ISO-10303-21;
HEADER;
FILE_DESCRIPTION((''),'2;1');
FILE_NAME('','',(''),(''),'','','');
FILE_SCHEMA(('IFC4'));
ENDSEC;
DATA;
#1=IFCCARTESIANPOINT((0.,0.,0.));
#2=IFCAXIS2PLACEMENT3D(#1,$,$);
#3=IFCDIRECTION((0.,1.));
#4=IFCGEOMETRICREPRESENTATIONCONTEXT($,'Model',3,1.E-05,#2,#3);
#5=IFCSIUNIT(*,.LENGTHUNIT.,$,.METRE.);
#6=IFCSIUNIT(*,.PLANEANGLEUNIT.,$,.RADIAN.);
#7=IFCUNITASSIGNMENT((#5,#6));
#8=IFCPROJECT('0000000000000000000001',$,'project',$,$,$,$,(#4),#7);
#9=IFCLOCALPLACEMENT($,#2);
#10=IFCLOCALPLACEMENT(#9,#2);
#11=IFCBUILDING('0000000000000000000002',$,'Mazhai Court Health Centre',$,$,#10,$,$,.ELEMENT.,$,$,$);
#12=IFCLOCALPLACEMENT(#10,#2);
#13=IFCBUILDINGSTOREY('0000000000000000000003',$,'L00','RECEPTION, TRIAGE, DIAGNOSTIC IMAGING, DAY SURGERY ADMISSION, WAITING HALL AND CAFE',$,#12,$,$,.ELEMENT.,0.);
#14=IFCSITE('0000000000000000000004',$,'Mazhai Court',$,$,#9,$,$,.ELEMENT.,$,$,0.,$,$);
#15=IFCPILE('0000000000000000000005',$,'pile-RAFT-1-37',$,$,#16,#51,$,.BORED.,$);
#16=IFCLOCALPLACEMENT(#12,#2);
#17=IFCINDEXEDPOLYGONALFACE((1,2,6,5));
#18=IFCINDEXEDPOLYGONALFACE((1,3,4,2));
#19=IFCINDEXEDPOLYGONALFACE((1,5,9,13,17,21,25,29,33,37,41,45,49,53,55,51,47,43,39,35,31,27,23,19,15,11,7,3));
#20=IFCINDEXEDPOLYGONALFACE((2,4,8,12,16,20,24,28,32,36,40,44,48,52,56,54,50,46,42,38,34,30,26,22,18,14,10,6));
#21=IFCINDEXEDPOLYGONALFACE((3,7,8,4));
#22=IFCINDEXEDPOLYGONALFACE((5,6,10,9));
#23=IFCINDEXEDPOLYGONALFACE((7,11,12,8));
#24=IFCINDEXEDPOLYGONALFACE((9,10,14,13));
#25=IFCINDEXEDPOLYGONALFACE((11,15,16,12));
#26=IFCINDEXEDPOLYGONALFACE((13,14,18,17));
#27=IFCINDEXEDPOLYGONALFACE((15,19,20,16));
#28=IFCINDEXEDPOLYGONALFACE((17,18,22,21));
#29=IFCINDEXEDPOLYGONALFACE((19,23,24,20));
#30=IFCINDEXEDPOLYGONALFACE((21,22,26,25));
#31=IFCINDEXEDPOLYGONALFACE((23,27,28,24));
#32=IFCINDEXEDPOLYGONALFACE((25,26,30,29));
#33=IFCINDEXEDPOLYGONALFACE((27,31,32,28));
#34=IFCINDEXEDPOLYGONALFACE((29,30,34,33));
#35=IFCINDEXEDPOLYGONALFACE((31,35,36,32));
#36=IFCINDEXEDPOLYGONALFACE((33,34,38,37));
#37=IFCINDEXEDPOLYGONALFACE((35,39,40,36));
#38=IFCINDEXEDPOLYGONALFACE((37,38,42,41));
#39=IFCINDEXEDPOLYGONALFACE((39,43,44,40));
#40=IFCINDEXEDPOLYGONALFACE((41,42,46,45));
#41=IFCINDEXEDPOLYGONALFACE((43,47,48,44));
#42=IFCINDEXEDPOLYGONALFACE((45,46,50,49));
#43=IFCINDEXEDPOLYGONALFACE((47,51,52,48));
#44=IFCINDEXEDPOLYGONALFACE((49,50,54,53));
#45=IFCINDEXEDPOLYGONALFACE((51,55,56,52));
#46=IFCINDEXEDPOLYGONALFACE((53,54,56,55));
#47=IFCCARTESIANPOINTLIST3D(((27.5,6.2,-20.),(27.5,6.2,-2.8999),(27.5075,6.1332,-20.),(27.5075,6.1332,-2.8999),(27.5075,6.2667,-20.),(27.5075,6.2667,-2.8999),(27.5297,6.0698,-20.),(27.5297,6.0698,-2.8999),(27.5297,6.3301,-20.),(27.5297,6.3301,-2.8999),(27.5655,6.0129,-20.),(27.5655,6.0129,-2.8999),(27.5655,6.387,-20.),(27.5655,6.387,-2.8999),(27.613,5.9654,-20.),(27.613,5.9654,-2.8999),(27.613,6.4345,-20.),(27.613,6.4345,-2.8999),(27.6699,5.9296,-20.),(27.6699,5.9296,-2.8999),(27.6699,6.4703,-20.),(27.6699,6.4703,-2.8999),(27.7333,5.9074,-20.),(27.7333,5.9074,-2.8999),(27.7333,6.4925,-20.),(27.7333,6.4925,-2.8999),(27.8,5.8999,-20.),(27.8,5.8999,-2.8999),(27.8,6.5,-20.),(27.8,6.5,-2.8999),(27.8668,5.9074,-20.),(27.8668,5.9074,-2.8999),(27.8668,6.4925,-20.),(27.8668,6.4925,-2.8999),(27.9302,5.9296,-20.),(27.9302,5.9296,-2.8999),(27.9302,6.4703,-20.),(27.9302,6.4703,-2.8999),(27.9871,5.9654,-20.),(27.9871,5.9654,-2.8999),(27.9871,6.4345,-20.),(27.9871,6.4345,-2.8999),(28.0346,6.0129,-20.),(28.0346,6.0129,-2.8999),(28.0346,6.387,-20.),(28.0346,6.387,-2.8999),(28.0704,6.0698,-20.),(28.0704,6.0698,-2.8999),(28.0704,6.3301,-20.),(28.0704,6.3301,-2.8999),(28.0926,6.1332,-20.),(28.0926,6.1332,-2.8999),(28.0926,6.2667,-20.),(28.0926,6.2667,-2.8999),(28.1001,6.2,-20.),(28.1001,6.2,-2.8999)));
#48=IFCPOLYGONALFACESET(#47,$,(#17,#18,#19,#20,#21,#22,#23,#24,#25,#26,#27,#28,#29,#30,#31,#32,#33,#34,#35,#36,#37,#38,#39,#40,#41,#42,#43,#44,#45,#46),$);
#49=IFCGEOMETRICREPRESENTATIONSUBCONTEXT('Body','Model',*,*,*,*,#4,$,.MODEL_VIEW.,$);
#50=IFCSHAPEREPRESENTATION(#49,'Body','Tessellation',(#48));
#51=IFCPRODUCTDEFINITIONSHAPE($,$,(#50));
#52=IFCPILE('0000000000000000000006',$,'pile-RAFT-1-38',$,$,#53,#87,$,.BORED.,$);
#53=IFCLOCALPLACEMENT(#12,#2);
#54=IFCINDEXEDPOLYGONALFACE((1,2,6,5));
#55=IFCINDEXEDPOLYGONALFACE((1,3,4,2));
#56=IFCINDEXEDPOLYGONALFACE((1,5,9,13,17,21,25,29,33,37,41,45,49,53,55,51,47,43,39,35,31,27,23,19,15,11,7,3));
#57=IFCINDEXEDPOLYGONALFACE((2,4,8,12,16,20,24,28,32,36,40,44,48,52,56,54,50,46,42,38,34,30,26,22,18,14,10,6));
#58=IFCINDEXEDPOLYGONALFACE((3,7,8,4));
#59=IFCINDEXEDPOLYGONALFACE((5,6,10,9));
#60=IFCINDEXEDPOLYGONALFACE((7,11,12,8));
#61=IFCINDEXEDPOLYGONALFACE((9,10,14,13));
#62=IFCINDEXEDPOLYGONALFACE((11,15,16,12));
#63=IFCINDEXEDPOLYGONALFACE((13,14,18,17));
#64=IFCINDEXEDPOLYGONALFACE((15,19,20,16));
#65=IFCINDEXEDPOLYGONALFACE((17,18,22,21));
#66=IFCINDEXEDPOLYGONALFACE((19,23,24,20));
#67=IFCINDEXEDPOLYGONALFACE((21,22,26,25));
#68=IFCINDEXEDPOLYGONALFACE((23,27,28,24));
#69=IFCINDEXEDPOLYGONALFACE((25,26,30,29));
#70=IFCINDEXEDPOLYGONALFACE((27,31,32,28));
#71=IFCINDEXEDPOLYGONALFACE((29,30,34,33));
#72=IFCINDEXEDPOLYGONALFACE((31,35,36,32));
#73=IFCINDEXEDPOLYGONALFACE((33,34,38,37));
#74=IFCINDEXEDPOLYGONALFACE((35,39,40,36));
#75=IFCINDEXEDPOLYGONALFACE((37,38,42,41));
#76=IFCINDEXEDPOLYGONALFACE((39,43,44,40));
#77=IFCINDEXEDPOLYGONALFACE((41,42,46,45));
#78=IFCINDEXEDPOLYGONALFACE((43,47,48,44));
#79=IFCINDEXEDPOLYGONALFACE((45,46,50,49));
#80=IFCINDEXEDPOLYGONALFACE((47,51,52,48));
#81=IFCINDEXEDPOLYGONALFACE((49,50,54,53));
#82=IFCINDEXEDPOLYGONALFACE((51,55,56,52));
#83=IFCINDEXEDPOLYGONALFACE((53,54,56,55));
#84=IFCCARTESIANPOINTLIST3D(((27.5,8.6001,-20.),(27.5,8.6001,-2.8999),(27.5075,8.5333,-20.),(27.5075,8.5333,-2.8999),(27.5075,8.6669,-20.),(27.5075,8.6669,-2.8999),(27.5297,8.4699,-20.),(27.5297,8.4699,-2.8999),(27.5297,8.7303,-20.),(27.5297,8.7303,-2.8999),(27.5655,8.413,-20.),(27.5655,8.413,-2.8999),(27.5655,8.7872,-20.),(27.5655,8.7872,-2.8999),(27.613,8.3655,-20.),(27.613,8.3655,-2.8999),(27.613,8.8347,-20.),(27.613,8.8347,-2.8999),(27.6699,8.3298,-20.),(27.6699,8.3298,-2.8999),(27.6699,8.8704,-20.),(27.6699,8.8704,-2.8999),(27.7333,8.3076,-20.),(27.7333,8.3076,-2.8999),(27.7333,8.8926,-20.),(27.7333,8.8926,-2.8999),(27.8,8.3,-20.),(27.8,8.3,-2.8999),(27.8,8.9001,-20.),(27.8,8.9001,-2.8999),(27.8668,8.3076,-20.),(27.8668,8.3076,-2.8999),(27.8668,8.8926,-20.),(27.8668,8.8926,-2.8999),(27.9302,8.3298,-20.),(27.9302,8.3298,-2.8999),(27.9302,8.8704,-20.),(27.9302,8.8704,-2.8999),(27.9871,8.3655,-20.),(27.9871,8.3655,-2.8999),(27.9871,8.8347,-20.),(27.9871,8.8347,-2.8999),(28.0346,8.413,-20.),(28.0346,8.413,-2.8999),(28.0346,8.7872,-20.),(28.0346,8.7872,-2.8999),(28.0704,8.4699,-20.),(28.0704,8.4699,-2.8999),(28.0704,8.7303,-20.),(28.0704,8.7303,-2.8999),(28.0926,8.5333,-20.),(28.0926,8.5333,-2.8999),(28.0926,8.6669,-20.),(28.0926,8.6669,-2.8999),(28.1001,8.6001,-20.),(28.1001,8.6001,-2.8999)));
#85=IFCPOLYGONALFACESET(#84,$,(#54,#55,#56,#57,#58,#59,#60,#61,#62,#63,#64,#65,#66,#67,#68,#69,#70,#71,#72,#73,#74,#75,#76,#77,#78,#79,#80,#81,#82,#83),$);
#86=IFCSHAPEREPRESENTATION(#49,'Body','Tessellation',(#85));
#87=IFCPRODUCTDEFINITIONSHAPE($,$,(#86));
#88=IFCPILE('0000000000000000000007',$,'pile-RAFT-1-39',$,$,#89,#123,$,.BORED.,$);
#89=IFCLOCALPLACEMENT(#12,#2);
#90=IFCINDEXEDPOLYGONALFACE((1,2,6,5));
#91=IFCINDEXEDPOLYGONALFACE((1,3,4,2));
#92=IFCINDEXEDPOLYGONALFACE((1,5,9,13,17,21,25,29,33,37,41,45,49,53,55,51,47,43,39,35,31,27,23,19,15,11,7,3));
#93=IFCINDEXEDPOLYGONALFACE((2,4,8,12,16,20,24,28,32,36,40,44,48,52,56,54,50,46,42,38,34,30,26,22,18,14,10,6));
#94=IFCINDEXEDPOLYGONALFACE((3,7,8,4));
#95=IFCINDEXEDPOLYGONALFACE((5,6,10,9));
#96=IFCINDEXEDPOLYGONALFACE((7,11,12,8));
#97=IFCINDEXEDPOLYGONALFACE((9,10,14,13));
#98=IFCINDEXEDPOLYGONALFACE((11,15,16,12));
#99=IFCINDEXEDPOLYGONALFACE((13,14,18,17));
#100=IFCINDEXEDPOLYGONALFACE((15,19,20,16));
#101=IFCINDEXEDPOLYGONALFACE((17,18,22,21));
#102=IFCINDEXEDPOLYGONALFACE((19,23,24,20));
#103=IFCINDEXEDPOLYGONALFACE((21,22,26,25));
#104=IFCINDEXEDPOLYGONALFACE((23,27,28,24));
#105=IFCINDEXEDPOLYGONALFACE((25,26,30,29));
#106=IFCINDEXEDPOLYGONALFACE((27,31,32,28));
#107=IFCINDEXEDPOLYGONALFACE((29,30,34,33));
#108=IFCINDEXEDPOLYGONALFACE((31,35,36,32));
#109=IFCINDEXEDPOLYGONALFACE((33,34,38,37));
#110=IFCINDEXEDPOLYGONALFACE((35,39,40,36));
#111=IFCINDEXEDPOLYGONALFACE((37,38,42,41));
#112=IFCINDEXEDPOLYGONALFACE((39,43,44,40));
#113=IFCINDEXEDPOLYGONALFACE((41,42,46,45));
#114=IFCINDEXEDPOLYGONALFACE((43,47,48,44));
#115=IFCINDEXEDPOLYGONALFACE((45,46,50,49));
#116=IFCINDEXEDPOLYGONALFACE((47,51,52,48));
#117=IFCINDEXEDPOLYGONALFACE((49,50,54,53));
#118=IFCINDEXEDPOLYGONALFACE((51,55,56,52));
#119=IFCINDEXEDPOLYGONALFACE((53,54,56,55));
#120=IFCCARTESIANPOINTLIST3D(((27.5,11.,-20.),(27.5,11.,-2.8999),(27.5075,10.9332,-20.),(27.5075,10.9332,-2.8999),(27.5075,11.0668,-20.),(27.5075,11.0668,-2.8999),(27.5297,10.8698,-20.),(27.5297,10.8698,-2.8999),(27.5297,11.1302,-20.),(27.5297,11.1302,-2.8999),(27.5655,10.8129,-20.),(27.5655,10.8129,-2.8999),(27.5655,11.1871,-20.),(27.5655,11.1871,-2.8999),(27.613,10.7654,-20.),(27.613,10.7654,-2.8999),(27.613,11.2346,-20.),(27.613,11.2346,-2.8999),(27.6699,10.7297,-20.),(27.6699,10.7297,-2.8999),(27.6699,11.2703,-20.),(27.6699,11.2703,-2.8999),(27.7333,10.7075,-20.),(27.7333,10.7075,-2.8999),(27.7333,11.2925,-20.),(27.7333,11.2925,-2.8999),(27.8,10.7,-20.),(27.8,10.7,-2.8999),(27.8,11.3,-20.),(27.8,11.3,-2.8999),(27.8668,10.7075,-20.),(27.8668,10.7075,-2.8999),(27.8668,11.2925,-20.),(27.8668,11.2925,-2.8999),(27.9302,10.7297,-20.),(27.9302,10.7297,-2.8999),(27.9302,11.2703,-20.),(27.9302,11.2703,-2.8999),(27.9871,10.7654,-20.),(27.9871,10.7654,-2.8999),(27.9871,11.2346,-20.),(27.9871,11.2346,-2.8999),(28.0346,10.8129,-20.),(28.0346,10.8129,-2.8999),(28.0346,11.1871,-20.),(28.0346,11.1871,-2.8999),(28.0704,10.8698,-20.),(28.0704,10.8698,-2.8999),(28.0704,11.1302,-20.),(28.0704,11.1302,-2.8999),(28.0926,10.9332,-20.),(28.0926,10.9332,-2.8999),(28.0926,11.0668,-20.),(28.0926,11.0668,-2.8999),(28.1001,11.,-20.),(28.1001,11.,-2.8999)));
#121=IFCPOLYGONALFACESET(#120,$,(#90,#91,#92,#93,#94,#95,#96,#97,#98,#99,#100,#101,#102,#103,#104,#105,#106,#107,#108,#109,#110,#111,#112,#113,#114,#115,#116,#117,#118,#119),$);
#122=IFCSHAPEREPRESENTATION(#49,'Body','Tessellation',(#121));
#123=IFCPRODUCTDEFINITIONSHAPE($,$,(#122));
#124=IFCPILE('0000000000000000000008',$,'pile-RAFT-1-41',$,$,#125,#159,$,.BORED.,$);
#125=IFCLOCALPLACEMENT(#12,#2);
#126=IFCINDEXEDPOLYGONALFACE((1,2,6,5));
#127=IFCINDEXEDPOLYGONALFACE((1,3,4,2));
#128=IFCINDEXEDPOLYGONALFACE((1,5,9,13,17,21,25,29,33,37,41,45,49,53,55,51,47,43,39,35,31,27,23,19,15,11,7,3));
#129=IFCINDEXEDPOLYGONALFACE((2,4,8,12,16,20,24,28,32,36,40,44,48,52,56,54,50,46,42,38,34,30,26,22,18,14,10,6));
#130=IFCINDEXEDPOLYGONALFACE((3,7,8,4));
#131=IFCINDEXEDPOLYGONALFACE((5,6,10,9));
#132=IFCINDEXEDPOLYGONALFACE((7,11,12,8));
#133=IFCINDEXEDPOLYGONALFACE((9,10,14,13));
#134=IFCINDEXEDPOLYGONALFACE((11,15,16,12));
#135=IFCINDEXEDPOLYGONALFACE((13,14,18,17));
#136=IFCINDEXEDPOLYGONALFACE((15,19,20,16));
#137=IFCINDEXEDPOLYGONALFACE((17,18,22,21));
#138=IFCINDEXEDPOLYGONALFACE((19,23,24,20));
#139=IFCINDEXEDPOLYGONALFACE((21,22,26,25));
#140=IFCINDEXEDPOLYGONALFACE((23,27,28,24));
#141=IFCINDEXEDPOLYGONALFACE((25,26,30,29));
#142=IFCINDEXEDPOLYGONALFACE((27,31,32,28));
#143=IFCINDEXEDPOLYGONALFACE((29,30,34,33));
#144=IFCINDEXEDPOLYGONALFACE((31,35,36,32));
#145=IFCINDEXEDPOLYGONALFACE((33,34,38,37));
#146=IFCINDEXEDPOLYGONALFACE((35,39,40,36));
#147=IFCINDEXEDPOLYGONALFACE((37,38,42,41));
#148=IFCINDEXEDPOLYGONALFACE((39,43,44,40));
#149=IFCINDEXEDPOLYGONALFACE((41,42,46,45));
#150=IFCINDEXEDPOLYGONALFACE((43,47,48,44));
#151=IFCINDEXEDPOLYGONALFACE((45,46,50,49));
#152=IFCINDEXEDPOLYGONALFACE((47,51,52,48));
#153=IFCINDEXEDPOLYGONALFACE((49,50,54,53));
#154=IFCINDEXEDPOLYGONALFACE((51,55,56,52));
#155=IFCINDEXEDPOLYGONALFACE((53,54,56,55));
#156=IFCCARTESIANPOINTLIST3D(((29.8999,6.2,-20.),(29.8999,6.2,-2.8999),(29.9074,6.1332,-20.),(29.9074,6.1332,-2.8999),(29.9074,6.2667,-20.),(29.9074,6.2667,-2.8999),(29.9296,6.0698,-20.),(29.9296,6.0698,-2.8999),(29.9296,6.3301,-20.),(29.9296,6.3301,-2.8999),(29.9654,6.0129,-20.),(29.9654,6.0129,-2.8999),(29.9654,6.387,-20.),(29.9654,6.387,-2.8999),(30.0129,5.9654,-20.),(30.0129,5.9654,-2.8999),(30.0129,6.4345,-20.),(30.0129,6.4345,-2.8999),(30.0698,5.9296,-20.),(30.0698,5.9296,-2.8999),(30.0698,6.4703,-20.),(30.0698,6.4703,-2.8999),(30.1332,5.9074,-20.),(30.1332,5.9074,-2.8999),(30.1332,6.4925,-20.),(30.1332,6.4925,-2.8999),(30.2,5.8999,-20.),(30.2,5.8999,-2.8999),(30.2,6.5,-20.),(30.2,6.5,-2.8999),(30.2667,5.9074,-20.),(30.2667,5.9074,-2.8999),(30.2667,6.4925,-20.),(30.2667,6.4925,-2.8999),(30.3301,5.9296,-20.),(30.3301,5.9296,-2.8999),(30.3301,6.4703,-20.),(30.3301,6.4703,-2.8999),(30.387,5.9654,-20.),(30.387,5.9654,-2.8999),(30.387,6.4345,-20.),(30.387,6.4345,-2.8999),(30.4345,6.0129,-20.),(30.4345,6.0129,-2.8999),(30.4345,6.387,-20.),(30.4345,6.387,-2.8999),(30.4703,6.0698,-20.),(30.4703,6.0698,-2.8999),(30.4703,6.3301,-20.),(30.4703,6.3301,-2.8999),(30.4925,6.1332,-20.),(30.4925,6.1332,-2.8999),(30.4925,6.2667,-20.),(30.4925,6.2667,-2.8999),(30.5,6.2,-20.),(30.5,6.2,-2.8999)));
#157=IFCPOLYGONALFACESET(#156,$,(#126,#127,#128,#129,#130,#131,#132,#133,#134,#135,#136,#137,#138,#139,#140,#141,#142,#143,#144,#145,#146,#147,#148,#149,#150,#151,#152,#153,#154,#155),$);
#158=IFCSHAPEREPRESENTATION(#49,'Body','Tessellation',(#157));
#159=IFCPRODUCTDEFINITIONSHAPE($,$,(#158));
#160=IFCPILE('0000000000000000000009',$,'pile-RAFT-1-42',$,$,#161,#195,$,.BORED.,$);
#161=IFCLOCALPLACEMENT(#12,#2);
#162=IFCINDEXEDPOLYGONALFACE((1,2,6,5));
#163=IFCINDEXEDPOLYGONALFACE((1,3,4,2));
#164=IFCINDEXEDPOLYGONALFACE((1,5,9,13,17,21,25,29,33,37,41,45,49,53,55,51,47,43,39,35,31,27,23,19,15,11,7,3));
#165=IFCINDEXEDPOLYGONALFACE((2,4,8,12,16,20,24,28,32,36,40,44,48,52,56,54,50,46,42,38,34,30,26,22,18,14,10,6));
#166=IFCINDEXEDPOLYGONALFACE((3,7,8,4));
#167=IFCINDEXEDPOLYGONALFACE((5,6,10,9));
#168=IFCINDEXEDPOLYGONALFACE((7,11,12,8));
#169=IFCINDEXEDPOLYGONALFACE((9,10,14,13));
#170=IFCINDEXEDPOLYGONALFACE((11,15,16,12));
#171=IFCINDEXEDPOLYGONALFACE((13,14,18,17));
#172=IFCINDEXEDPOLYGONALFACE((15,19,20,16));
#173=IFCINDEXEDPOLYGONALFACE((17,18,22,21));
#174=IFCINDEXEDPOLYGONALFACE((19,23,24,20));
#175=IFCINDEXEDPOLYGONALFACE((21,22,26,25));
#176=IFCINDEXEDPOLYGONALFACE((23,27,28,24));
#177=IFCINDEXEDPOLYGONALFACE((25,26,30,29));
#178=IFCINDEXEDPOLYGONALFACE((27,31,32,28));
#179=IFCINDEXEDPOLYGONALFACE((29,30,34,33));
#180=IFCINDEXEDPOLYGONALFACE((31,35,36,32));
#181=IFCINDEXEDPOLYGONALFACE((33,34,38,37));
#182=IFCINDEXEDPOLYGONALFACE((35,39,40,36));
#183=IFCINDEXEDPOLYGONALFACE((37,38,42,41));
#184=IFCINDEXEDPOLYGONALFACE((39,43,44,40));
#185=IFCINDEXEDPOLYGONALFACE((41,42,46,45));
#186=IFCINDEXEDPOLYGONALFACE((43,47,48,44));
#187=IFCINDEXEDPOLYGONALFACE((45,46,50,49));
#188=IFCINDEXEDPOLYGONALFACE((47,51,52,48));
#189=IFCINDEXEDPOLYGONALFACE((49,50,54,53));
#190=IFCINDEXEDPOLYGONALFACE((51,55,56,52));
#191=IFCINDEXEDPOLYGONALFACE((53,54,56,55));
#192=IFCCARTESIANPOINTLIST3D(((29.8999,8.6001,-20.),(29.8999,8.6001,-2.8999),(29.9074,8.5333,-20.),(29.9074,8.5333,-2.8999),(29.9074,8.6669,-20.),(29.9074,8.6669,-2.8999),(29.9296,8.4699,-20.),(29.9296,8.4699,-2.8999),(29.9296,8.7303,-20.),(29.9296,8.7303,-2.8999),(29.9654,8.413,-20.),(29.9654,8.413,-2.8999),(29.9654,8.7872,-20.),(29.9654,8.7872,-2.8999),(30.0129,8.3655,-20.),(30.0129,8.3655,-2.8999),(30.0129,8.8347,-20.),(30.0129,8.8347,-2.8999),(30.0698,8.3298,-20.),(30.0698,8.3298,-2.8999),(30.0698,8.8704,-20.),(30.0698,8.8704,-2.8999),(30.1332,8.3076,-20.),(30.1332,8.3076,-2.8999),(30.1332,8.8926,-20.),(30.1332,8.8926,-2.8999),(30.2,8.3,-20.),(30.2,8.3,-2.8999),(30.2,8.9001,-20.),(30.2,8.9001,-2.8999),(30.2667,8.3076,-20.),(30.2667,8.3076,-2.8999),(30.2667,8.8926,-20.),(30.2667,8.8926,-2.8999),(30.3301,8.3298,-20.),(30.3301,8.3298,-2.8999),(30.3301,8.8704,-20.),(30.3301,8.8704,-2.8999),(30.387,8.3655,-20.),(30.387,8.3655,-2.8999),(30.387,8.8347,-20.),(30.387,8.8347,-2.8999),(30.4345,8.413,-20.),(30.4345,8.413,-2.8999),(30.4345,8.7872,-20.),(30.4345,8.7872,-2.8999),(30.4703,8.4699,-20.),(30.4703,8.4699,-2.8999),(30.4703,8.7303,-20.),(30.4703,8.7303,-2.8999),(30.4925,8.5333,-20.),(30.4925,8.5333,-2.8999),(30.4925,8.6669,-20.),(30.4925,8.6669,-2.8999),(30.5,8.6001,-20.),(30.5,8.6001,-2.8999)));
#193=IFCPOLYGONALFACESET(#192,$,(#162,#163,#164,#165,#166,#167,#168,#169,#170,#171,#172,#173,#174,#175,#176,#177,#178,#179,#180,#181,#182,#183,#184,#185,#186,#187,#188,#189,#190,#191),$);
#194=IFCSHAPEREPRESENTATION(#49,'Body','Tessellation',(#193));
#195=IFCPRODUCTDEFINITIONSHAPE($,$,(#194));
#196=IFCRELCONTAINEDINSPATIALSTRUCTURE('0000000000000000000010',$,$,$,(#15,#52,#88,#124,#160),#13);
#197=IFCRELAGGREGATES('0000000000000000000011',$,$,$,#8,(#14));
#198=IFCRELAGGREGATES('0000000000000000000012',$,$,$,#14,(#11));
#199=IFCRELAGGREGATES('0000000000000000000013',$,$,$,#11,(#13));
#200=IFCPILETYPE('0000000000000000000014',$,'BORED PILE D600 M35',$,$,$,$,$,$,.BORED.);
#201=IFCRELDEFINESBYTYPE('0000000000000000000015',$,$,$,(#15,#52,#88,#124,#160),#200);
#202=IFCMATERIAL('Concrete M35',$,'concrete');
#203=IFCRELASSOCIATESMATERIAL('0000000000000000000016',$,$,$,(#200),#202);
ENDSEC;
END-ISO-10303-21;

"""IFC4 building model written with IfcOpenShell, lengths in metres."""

from ifc_helpers import new_model, si_unit, direction, frame, origin, origin_2d, place, context, subcontext, project, spatial, circle, extrude, material, material_profile, profile_set, type_object, element, save


model = new_model("IFC4")

# Units and contexts
model_context = context("Model", 3, precision=1e-05, world=origin(), true_north=direction((0.0, 1.0)))
body_context = subcontext(model_context, "Body", "Model", "MODEL_VIEW")
ifc_project = project(units=[si_unit("LENGTHUNIT", "METRE"), si_unit("PLANEANGLEUNIT", "RADIAN")], contexts=[model_context])

# Site, building, storey
site_placement = place(None, origin())
site = spatial("IfcSite", under=ifc_project, at=site_placement, Name="Mazhai Court", CompositionType="ELEMENT", RefElevation=0.0)
building_placement = place(site_placement, origin())
building = spatial("IfcBuilding", under=site, at=building_placement, Name="Mazhai Court Health Centre", CompositionType="ELEMENT")
storey_placement = place(building_placement, origin())
storey = spatial("IfcBuildingStorey", under=building, at=storey_placement, Name="L00", Description="RECEPTION, TRIAGE, DIAGNOSTIC IMAGING, DAY SURGERY ADMISSION, WAITING HALL AND CAFE", CompositionType="ELEMENT", Elevation=0.0)

# Piles
ifc_material_1 = material(Name="Concrete M35", Category="concrete")
ifc_material_profile_1 = material_profile(ifc_material_1, circle(Radius=0.3, at=origin_2d()), Name="RC PILE D600")
ifc_profile_set_1 = profile_set([ifc_material_profile_1], Name="Concrete M35")
pile_type = type_object("IfcPileType", Name="BORED PILE D600 M35", PredefinedType="BORED", material=ifc_profile_set_1)
for number, where, z_axis, x_axis, name in (
    (1, (27.8, 6.2, -2.8999), (0.0, 0.0, -1.0), (1.0, 0.0, 0.0), "pile-RAFT-1-37"),
    (2, (27.8, 8.6001, -2.8999), (0.0, 0.0, -1.0), (1.0, 0.0, 0.0), "pile-RAFT-1-38"),
    (3, (27.8, 11.0, -2.8999), (0.0, 0.0, -1.0), (1.0, 0.0, 0.0), "pile-RAFT-1-39"),
    (4, (30.2, 6.2, -2.8999), (0.0, 0.0, -1.0), (1.0, 0.0, 0.0), "pile-RAFT-1-41"),
    (5, (30.2, 8.6001, -2.8999), (0.0, 0.0, -1.0), (1.0, 0.0, 0.0), "pile-RAFT-1-42"),
):
    element("IfcPile", number, at=place(storey_placement, frame(where, z_axis=z_axis, x_axis=x_axis)), inside=storey, type_object=pile_type, Name=name, PredefinedType="BORED", context=body_context, shape_type="SweptSolid", body=[
        extrude(circle(Radius=0.3, at=origin_2d()), origin(), (0.0, 0.0, 1.0), 17.1001),
    ])

save(model, "model.ifc")
